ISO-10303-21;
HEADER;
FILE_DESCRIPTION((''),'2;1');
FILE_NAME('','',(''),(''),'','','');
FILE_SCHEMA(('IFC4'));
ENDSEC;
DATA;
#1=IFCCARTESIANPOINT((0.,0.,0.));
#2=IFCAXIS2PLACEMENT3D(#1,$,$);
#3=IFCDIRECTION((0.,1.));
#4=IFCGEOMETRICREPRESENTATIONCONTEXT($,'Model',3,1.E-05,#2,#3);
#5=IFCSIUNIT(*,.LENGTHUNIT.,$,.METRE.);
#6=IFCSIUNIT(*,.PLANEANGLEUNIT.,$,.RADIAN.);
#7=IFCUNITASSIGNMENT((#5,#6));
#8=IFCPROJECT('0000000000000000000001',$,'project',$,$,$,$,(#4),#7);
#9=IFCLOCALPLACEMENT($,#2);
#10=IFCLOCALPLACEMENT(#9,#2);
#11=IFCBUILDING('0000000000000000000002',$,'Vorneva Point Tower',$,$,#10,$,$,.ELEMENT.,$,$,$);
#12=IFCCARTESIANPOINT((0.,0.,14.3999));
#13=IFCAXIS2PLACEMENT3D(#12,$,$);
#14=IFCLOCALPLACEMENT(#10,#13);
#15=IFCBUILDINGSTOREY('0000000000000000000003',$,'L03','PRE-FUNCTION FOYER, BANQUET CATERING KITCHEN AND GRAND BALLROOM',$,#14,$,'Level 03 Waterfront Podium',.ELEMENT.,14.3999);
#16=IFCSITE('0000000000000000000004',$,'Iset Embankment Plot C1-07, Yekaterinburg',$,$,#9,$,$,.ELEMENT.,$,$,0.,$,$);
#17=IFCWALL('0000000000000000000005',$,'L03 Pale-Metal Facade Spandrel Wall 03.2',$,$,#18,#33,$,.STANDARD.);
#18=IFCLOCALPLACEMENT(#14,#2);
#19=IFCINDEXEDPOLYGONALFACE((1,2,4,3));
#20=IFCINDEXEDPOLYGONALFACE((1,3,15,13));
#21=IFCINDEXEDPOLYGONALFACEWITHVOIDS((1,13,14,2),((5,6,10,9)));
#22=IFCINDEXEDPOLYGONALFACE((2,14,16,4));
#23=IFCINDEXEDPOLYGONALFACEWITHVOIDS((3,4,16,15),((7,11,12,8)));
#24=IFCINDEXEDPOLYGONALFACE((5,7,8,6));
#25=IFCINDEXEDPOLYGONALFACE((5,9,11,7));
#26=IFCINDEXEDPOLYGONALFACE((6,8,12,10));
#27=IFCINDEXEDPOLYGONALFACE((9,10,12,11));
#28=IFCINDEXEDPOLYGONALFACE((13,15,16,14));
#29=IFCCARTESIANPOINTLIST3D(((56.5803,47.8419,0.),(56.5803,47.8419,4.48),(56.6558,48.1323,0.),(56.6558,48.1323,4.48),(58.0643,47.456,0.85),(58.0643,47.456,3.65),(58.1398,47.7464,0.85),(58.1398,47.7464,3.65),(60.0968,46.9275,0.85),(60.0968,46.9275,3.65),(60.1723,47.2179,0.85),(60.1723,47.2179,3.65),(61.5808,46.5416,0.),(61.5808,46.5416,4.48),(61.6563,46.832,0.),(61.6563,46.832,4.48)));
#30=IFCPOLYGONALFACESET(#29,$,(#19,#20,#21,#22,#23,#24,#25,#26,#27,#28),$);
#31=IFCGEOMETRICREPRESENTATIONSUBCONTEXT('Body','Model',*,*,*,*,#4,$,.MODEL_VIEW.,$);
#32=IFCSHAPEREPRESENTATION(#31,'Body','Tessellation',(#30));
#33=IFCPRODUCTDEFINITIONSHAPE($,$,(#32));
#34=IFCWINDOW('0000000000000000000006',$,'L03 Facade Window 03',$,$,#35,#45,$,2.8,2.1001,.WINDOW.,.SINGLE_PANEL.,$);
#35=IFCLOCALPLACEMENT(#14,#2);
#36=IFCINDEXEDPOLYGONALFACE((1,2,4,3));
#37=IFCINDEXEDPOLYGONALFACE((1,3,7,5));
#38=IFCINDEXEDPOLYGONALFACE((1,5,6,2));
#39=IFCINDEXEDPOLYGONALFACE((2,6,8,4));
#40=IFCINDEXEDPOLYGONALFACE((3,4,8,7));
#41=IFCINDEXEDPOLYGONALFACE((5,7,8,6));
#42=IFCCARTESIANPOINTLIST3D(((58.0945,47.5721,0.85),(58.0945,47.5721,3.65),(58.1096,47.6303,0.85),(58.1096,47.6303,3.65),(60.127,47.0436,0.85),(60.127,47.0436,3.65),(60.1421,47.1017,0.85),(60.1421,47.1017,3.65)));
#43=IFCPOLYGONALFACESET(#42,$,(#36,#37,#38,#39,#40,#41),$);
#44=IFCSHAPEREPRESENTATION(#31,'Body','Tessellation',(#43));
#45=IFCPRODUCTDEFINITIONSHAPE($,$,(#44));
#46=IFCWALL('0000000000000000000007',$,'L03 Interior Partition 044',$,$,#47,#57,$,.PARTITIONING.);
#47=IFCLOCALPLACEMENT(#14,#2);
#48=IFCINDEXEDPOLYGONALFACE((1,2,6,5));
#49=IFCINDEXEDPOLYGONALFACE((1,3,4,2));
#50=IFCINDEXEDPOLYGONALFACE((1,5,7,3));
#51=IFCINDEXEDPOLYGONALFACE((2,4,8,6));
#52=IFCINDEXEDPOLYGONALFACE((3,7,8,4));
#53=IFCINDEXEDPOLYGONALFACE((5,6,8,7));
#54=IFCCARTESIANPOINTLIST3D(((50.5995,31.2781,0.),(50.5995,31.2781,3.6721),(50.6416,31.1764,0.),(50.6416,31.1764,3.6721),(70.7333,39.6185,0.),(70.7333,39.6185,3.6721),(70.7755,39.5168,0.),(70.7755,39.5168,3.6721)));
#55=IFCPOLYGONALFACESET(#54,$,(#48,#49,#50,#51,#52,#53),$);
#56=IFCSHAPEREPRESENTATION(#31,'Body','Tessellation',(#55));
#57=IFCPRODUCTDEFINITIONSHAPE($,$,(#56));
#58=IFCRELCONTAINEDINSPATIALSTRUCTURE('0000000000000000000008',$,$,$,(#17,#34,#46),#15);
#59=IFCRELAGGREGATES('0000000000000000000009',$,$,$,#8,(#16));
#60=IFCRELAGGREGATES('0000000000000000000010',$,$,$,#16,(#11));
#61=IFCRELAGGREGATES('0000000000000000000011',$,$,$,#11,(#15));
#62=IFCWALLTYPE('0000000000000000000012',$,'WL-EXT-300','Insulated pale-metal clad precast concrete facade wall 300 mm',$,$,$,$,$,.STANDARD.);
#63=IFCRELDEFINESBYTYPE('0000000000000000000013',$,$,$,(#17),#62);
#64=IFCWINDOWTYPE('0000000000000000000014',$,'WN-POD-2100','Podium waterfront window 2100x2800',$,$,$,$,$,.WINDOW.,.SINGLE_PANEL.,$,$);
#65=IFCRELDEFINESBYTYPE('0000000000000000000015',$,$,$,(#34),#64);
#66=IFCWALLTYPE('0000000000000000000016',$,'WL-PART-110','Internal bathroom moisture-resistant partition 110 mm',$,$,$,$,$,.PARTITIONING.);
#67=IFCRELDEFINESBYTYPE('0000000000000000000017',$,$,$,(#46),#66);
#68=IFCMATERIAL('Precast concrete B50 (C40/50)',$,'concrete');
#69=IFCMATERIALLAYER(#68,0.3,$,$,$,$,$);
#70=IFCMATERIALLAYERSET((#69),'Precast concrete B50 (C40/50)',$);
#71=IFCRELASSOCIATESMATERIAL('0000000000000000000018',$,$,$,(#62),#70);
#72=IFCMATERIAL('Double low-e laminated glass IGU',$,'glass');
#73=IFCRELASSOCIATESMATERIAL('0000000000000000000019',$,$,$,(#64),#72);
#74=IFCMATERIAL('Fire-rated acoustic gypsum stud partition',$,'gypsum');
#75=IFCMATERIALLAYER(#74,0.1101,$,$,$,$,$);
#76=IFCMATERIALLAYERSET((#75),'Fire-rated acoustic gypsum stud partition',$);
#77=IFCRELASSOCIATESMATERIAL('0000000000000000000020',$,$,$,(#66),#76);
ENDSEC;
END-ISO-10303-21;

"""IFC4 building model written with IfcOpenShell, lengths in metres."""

from ifc_helpers import new_model, si_unit, direction, frame, frame_2d, origin, place, context, subcontext, project, spatial, rectangle, extrude, material, layer, layer_set, type_object, element, fill, save


model = new_model("IFC4")

# Units and contexts
model_context = context("Model", 3, precision=1e-05, world=origin(), true_north=direction((0.0, 1.0)))
body_context = subcontext(model_context, "Body", "Model", "MODEL_VIEW")
ifc_project = project(units=[si_unit("LENGTHUNIT", "METRE"), si_unit("PLANEANGLEUNIT", "RADIAN")], contexts=[model_context])

# Site, building, storey
site_placement = place(None, origin())
site = spatial("IfcSite", under=ifc_project, at=site_placement, Name="Iset Embankment Plot C1-07, Yekaterinburg", CompositionType="ELEMENT", RefElevation=0.0)
building_placement = place(site_placement, origin())
building = spatial("IfcBuilding", under=site, at=building_placement, Name="Vorneva Point Tower", CompositionType="ELEMENT")
storey_placement = place(building_placement, frame((0.0, 0.0, 14.3999)))
storey = spatial("IfcBuildingStorey", under=building, at=storey_placement, Name="L03", Description="PRE-FUNCTION FOYER, BANQUET CATERING KITCHEN AND GRAND BALLROOM", LongName="Level 03 Waterfront Podium", CompositionType="ELEMENT", Elevation=14.3999)

# Shared definitions
ifc_material_1 = material(Name="Double low-e laminated glass IGU", Category="glass")

# Shared definitions
ifc_material_2 = material(Name="Precast concrete B50 (C40/50)", Category="concrete")
ifc_layer_1 = layer(ifc_material_2, 0.3)
ifc_layer_set_1 = layer_set([ifc_layer_1], Name="Precast concrete B50 (C40/50)")
wall_type_1 = type_object("IfcWallType", Name="WL-EXT-300", Description="Insulated pale-metal clad precast concrete facade wall 300 mm", PredefinedType="STANDARD", material=ifc_layer_set_1)

# Wall, opening, window
wall_1_placement = place(storey_placement, frame((61.6187, 46.6868, 0.0), z_axis=(0.0, 0.0, 1.0), x_axis=(-0.967815, 0.251664, 0.0)))
wall_1 = element("IfcWall", 1, at=wall_1_placement, inside=storey, type_object=wall_type_1, Name="L03 Pale-Metal Facade Spandrel Wall 03.2", PredefinedType="STANDARD", context=body_context, shape_type="SweptSolid", body=[
    extrude(rectangle(XDim=5.1667, YDim=0.3, at=frame_2d((2.5835, 0.0))), origin(), (0.0, 0.0, 1.0), 4.48),
])
opening_placement = place(wall_1_placement, frame((1.5334, 0.0, 0.8501)))
opening = element("IfcOpeningElement", 2, at=opening_placement, cuts=wall_1, PredefinedType="OPENING", context=body_context, shape_type="SweptSolid", body=[
    extrude(rectangle(XDim=2.1001, YDim=2.8, at=frame_2d((1.05, 1.3999))), frame((0.0, 0.165, 0.0), z_axis=(0.0, -1.0, 0.0), x_axis=(1.0, 0.0, 0.0)), (0.0, 0.0, 1.0), 0.3298),
])
window_type = type_object("IfcWindowType", Name="WN-POD-2100", Description="Podium waterfront window 2100x2800", PartitioningType="SINGLE_PANEL", PredefinedType="WINDOW", material=ifc_material_1)
window_placement = place(opening_placement, origin())
window = element("IfcWindow", 3, at=window_placement, inside=storey, type_object=window_type, Name="L03 Facade Window 03", OverallHeight=2.8, OverallWidth=2.1001, PartitioningType="SINGLE_PANEL", PredefinedType="WINDOW", context=body_context, shape_type="SweptSolid", body=[
    extrude(rectangle(XDim=2.1001, YDim=2.8, at=frame_2d((1.05, 1.3999))), frame((0.0, 0.03, 0.0), z_axis=(0.0, -1.0, 0.0), x_axis=(1.0, 0.0, 0.0)), (0.0, 0.0, 1.0), 0.0601),
])
fill(opening, window)

# Wall
ifc_material_3 = material(Name="Fire-rated acoustic gypsum stud partition", Category="gypsum")
ifc_layer_2 = layer(ifc_material_3, 0.1101)
ifc_layer_set_2 = layer_set([ifc_layer_2], Name="Fire-rated acoustic gypsum stud partition")
wall_type_2 = type_object("IfcWallType", Name="WL-PART-110", Description="Internal bathroom moisture-resistant partition 110 mm", PredefinedType="PARTITIONING", material=ifc_layer_set_2)
wall_2_placement = place(storey_placement, frame((70.7544, 39.5676, 0.0), z_axis=(0.0, 0.0, 1.0), x_axis=(-0.923869, -0.382709, 0.0)))
element("IfcWall", 4, at=wall_2_placement, inside=storey, type_object=wall_type_2, Name="L03 Interior Partition 044", PredefinedType="PARTITIONING", context=body_context, shape_type="SweptSolid", body=[
    extrude(rectangle(XDim=21.793, YDim=0.1101, at=frame_2d((10.8965, 0.0))), origin(), (0.0, 0.0, 1.0), 3.6721),
])

save(model, "model.ifc")
